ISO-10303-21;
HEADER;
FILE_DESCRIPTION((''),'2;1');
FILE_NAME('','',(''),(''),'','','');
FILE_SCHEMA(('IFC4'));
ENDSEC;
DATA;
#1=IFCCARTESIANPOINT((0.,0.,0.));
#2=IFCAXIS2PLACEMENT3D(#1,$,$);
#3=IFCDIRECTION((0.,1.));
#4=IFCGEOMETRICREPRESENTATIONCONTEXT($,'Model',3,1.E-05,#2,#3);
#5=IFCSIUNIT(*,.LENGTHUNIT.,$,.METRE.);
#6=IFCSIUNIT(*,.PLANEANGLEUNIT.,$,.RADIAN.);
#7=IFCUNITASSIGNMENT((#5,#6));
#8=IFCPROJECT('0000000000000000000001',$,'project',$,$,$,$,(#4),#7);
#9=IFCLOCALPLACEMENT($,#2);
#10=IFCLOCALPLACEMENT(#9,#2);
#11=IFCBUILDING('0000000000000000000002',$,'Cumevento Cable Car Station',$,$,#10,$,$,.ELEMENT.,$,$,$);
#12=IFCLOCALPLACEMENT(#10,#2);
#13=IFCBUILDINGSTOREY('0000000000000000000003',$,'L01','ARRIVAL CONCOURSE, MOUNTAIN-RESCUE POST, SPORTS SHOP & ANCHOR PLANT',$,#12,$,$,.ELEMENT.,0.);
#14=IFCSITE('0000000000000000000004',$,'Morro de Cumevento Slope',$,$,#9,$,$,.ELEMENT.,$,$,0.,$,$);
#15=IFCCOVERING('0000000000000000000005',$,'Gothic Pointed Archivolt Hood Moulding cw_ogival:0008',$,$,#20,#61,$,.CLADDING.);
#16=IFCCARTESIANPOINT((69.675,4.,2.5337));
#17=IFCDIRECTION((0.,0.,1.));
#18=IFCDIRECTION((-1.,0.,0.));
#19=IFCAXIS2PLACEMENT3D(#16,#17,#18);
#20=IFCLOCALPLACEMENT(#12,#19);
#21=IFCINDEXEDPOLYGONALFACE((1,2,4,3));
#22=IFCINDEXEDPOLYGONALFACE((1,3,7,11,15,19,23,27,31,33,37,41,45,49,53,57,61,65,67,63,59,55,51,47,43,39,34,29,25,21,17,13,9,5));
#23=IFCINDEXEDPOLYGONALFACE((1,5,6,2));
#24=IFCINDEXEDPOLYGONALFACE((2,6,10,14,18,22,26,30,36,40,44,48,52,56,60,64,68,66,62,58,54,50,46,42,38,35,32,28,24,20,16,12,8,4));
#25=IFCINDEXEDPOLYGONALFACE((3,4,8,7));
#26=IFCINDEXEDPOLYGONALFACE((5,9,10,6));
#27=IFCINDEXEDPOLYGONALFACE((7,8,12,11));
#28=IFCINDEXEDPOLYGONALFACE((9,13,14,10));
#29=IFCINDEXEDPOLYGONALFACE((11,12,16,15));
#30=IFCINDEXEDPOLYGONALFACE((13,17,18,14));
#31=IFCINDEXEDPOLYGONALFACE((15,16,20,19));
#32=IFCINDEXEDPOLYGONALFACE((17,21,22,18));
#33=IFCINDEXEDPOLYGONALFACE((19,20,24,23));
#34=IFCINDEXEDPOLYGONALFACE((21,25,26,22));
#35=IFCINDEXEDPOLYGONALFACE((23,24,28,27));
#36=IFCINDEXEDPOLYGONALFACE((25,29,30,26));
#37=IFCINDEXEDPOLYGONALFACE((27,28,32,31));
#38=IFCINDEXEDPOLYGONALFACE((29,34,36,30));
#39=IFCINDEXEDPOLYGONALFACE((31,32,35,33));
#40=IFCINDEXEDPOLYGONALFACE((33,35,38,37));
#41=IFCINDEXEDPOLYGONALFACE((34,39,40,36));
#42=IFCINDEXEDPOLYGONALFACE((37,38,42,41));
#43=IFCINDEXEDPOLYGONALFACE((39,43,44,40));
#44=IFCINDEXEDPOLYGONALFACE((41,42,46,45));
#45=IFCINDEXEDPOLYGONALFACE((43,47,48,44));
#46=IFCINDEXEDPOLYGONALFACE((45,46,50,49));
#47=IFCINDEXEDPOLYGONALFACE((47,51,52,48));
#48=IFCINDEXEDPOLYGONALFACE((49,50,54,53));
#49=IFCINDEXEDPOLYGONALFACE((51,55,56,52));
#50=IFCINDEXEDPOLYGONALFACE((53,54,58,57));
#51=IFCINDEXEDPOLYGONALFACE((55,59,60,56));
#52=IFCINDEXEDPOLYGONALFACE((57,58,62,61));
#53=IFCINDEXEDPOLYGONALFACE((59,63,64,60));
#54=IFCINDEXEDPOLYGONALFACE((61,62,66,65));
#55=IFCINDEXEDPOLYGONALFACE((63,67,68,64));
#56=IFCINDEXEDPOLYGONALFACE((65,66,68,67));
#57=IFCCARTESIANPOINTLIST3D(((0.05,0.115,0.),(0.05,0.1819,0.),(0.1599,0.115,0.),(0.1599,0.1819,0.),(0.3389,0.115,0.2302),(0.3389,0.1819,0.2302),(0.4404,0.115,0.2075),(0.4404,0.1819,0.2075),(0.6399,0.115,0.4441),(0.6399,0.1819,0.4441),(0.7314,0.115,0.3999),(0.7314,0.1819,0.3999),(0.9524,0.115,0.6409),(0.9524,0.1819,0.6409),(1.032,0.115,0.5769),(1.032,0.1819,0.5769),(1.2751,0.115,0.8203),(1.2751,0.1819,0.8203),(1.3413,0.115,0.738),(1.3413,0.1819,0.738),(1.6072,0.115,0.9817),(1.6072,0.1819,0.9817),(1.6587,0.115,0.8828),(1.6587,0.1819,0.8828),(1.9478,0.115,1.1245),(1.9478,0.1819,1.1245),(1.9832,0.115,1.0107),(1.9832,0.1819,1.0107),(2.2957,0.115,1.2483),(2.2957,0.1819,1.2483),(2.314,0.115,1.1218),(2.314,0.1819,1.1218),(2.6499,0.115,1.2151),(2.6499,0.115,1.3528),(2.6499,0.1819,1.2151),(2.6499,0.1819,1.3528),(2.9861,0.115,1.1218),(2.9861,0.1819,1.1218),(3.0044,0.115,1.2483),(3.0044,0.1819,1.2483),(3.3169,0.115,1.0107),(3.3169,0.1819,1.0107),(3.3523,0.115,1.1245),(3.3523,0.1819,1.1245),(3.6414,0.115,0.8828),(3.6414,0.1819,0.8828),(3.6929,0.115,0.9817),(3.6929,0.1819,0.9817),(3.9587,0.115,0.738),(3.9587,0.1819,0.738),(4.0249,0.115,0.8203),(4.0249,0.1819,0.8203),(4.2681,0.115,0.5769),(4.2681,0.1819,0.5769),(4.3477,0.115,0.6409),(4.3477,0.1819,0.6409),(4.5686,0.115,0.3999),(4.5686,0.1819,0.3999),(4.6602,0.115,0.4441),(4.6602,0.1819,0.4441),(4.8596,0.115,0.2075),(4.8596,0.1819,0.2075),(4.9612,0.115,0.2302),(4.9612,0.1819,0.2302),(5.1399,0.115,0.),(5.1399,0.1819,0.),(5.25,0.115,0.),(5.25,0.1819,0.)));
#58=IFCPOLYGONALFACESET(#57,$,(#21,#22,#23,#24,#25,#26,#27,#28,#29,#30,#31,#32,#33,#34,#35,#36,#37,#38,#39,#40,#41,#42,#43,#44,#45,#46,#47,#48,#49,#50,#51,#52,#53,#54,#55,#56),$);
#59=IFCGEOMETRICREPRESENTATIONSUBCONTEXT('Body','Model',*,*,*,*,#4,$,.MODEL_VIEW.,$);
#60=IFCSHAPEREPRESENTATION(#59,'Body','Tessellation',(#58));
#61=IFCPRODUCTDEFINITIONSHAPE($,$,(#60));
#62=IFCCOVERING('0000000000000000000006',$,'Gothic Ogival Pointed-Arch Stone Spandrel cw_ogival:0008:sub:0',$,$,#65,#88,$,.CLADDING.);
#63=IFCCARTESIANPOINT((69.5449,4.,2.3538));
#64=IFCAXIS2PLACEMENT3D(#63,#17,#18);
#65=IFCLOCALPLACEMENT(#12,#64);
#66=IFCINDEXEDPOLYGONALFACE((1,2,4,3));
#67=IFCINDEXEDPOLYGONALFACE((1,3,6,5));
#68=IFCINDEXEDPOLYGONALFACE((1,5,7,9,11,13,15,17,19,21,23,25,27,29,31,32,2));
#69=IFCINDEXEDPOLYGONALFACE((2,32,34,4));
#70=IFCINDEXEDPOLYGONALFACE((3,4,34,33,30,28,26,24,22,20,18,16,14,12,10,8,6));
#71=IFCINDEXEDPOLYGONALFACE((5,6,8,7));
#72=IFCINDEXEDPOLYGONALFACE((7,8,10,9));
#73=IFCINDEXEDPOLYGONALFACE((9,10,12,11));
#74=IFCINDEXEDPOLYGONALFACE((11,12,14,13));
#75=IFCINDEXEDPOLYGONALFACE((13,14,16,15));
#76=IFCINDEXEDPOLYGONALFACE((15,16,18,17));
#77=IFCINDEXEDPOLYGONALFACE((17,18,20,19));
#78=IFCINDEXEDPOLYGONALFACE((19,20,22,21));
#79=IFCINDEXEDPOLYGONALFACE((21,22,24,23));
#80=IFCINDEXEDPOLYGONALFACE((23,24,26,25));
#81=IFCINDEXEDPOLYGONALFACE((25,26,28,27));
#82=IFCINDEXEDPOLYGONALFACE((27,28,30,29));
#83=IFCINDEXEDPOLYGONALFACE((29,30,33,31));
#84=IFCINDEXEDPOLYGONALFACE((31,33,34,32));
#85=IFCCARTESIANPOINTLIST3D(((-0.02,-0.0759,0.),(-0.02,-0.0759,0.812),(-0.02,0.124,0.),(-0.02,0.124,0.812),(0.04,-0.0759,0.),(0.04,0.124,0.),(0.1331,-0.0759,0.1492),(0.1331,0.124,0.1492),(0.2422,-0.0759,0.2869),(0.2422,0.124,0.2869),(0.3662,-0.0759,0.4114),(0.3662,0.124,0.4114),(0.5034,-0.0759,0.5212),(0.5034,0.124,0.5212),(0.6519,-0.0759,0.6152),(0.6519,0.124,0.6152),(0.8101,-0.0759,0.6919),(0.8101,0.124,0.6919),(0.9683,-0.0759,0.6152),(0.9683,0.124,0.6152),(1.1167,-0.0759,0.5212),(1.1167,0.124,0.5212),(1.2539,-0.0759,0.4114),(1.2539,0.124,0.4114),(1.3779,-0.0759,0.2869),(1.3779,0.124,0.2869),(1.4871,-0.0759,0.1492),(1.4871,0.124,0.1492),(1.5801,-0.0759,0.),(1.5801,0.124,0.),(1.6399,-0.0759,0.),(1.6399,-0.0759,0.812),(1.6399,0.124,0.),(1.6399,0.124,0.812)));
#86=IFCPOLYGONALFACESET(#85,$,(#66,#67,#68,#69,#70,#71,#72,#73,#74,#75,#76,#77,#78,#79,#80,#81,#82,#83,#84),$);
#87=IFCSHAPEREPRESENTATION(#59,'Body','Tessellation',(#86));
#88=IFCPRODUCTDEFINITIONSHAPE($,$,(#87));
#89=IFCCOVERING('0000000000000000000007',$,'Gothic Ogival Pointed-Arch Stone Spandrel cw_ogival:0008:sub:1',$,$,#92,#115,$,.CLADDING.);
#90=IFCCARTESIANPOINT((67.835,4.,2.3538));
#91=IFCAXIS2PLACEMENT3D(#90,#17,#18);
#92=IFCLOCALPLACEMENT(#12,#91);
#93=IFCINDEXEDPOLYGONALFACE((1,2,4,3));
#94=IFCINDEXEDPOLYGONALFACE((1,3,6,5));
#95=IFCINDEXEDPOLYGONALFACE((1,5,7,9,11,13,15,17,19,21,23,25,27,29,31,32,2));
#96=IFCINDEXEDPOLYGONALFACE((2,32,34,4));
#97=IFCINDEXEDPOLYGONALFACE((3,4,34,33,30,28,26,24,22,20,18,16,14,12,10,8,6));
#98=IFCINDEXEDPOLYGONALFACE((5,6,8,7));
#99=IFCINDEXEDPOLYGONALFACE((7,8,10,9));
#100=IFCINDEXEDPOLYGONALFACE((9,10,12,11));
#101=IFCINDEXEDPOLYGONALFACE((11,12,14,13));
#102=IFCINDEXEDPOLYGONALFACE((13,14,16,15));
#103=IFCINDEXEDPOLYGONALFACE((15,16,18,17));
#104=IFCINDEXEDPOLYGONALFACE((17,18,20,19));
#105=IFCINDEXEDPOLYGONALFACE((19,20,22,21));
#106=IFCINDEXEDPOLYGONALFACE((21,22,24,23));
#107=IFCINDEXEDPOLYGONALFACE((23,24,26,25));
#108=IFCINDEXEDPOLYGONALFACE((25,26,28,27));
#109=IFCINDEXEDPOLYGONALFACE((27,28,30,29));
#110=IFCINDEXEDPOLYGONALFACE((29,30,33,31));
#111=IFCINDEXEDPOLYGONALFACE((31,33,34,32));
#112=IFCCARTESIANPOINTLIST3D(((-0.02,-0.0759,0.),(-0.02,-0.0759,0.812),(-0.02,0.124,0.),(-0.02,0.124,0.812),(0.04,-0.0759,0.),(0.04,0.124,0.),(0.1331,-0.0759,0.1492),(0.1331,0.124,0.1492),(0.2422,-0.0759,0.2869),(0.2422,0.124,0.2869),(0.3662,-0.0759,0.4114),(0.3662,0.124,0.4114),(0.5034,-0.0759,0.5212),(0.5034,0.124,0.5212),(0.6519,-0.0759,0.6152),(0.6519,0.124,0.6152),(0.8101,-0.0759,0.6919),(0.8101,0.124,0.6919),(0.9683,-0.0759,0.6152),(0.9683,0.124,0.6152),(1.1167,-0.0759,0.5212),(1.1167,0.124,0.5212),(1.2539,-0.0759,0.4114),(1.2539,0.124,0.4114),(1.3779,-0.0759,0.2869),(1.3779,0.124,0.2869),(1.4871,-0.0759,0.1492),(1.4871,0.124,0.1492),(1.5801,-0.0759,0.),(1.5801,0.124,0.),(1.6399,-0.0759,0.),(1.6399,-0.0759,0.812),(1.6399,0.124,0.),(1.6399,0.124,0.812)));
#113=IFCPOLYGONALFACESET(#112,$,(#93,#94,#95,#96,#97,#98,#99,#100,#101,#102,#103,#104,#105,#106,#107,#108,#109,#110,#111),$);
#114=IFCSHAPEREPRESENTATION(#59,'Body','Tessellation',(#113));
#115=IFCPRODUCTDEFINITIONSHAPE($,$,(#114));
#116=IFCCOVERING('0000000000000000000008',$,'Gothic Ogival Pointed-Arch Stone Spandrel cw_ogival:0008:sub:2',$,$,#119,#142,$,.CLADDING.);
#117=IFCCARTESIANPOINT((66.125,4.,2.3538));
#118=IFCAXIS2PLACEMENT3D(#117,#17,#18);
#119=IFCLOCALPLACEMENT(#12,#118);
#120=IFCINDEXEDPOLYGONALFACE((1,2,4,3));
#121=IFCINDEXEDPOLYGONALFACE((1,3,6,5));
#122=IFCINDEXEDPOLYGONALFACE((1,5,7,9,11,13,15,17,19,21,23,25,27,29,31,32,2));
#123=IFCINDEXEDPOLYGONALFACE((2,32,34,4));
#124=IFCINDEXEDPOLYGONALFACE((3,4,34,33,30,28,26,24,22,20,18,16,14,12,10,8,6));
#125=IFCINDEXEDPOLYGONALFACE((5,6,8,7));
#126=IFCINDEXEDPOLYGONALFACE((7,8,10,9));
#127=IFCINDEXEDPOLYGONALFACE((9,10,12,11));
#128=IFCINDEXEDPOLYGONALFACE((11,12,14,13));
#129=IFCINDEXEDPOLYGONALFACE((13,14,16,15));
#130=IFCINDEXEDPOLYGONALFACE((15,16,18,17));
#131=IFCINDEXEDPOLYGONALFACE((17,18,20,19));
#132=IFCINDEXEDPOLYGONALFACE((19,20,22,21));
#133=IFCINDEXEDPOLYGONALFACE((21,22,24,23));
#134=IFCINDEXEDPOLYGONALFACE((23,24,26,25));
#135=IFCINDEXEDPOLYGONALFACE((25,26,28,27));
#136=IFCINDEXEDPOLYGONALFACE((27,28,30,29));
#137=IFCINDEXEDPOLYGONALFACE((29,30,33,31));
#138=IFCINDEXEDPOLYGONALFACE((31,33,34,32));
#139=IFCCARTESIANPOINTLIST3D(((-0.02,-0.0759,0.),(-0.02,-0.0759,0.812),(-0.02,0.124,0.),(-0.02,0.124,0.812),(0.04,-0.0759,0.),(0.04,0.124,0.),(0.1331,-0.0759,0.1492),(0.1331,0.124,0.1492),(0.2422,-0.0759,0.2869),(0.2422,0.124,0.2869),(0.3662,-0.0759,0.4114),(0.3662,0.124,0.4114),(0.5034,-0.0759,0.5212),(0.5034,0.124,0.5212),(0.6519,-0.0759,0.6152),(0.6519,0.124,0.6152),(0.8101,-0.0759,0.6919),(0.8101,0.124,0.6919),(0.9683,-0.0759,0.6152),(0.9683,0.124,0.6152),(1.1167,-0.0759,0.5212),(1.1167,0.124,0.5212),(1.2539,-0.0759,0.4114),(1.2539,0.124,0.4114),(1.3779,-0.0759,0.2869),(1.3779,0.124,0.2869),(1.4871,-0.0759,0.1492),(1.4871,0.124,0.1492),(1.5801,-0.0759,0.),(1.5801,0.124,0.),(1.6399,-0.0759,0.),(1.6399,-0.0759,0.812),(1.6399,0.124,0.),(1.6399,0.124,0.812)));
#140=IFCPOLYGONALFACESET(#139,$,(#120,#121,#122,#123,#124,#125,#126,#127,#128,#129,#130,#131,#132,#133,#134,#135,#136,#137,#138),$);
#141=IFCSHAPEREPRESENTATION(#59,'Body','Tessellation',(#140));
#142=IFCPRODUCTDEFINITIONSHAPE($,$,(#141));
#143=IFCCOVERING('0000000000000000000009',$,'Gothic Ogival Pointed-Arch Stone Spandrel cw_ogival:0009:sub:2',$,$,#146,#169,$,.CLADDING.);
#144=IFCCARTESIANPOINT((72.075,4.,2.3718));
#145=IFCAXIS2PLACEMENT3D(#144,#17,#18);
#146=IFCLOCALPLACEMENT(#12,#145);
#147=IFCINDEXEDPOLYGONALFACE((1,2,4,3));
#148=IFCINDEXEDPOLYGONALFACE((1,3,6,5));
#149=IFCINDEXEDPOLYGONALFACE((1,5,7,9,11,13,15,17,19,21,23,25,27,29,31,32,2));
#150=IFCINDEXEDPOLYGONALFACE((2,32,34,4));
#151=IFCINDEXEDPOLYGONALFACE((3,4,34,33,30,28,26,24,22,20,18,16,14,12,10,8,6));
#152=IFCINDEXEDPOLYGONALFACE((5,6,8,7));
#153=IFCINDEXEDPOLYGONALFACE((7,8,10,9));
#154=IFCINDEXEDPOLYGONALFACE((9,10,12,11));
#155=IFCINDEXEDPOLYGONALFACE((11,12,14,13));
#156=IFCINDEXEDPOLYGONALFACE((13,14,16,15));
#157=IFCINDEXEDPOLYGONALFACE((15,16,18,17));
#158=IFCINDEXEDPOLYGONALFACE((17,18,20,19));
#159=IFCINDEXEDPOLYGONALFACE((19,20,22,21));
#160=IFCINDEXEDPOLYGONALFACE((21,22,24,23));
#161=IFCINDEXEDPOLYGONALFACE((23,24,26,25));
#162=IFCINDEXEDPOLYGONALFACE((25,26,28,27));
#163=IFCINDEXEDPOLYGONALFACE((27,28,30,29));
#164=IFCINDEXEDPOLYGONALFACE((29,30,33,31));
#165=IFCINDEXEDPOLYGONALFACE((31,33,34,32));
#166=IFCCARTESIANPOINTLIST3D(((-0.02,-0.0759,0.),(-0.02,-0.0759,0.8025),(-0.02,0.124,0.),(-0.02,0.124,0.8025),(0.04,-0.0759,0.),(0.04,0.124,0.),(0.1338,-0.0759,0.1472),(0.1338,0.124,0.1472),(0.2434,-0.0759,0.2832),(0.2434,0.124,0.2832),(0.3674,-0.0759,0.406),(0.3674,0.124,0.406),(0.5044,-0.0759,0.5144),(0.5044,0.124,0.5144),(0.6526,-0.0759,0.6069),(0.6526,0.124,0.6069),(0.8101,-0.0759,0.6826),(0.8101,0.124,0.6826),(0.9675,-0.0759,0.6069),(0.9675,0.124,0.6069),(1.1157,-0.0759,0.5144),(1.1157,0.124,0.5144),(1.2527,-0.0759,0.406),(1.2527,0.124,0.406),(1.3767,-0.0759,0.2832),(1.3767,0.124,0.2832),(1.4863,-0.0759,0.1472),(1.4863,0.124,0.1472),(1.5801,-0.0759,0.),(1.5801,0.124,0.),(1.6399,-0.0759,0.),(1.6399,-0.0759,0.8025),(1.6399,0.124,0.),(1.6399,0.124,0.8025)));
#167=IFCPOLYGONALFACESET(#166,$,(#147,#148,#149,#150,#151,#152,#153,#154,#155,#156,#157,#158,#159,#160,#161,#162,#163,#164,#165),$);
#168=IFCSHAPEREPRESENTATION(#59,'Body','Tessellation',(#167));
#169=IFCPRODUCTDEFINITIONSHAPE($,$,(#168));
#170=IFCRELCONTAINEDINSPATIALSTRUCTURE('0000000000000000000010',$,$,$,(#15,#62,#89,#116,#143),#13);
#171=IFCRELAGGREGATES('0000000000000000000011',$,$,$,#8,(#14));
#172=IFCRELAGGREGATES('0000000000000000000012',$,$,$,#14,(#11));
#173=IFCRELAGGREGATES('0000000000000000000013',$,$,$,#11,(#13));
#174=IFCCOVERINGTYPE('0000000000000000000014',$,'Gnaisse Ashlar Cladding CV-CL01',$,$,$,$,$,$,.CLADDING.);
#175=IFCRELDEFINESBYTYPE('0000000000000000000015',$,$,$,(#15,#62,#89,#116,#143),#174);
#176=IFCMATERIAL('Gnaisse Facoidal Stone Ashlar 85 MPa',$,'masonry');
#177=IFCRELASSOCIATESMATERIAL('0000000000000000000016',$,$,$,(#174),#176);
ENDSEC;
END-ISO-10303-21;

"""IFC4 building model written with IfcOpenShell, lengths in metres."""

from ifc_helpers import new_model, si_unit, direction, frame, origin, place, context, subcontext, project, spatial, polyline, outline, extrude, material, type_object, element, save


model = new_model("IFC4")

# Units and contexts
model_context = context("Model", 3, precision=1e-05, world=origin(), true_north=direction((0.0, 1.0)))
body_context = subcontext(model_context, "Body", "Model", "MODEL_VIEW")
ifc_project = project(units=[si_unit("LENGTHUNIT", "METRE"), si_unit("PLANEANGLEUNIT", "RADIAN")], contexts=[model_context])

# Site, building, storey
site_placement = place(None, origin())
site = spatial("IfcSite", under=ifc_project, at=site_placement, Name="Morro de Cumevento Slope", CompositionType="ELEMENT", RefElevation=0.0)
building_placement = place(site_placement, origin())
building = spatial("IfcBuilding", under=site, at=building_placement, Name="Cumevento Cable Car Station", CompositionType="ELEMENT")
storey_placement = place(building_placement, origin())
storey = spatial("IfcBuildingStorey", under=building, at=storey_placement, Name="L01", Description="ARRIVAL CONCOURSE, MOUNTAIN-RESCUE POST, SPORTS SHOP & ANCHOR PLANT", CompositionType="ELEMENT", Elevation=0.0)

# Coverings
ifc_material_1 = material(Name="Gnaisse Facoidal Stone Ashlar 85 MPa", Category="masonry")
covering_type = type_object("IfcCoveringType", Name="Gnaisse Ashlar Cladding CV-CL01", PredefinedType="CLADDING", material=ifc_material_1)
covering_1_placement = place(storey_placement, frame((69.675, 4.0, 2.5337), z_axis=(0.0, 0.0, 1.0), x_axis=(-1.0, 0.0, 0.0)))
element("IfcCovering", 1, at=covering_1_placement, inside=storey, type_object=covering_type, Name="Gothic Pointed Archivolt Hood Moulding cw_ogival:0008", PredefinedType="CLADDING", context=body_context, shape_type="SweptSolid", body=[
    extrude(outline(polyline([(0.1599, 0.0), (0.4404, 0.2075), (0.7314, 0.3999), (1.032, 0.5769), (1.3413, 0.738), (1.6587, 0.8828), (1.9832, 1.0107), (2.314, 1.1218), (2.6499, 1.2151), (2.9861, 1.1218), (3.3169, 1.0107), (3.6414, 0.8828), (3.9587, 0.738), (4.2681, 0.5769), (4.5686, 0.3999), (4.8596, 0.2075), (5.1399, 0.0), (5.25, 0.0), (4.9612, 0.2302), (4.6602, 0.4441), (4.3477, 0.6409), (4.0249, 0.8203), (3.6929, 0.9817), (3.3523, 1.1245), (3.0044, 1.2483), (2.6499, 1.3528), (2.2957, 1.2483), (1.9478, 1.1245), (1.6072, 0.9817), (1.2751, 0.8203), (0.9524, 0.6409), (0.6399, 0.4441), (0.3389, 0.2302), (0.05, 0.0), (0.1599, 0.0)])), frame((0.0, 0.1819, 0.0), z_axis=(0.0, -1.0, 0.0), x_axis=(1.0, 0.0, 0.0)), (0.0, 0.0, 1.0), 0.0669),
])
for number, where, z_axis, x_axis, name in (
    (2, (69.5449, 4.0, 2.3538), (0.0, 0.0, 1.0), (-1.0, 0.0, 0.0), "Gothic Ogival Pointed-Arch Stone Spandrel cw_ogival:0008:sub:0"),
    (3, (67.835, 4.0, 2.3538), (0.0, 0.0, 1.0), (-1.0, 0.0, 0.0), "Gothic Ogival Pointed-Arch Stone Spandrel cw_ogival:0008:sub:1"),
    (4, (66.125, 4.0, 2.3538), (0.0, 0.0, 1.0), (-1.0, 0.0, 0.0), "Gothic Ogival Pointed-Arch Stone Spandrel cw_ogival:0008:sub:2"),
):
    element("IfcCovering", number, at=place(storey_placement, frame(where, z_axis=z_axis, x_axis=x_axis)), inside=storey, type_object=covering_type, Name=name, PredefinedType="CLADDING", context=body_context, shape_type="SweptSolid", body=[
        extrude(outline(polyline([(-0.02, 0.0), (-0.02, 0.812), (1.6399, 0.812), (1.6399, 0.0), (1.5801, 0.0), (1.4871, 0.1492), (1.3779, 0.2869), (1.2539, 0.4114), (1.1167, 0.5212), (0.9683, 0.6152), (0.8101, 0.6919), (0.6519, 0.6152), (0.5034, 0.5212), (0.3662, 0.4114), (0.2422, 0.2869), (0.1331, 0.1492), (0.04, 0.0), (-0.02, 0.0)])), frame((0.0, 0.124, 0.0), z_axis=(0.0, -1.0, 0.0), x_axis=(1.0, 0.0, 0.0)), (0.0, 0.0, 1.0), 0.2),
    ])
covering_2_placement = place(storey_placement, frame((72.075, 4.0, 2.3718), z_axis=(0.0, 0.0, 1.0), x_axis=(-1.0, 0.0, 0.0)))
element("IfcCovering", 5, at=covering_2_placement, inside=storey, type_object=covering_type, Name="Gothic Ogival Pointed-Arch Stone Spandrel cw_ogival:0009:sub:2", PredefinedType="CLADDING", context=body_context, shape_type="SweptSolid", body=[
    extrude(outline(polyline([(-0.02, 0.0), (-0.02, 0.8025), (1.6399, 0.8025), (1.6399, 0.0), (1.5801, 0.0), (1.4863, 0.1472), (1.3767, 0.2832), (1.2527, 0.406), (1.1157, 0.5144), (0.9675, 0.6069), (0.8101, 0.6826), (0.6526, 0.6069), (0.5044, 0.5144), (0.3674, 0.406), (0.2434, 0.2832), (0.1338, 0.1472), (0.04, 0.0), (-0.02, 0.0)])), frame((0.0, 0.124, 0.0), z_axis=(0.0, -1.0, 0.0), x_axis=(1.0, 0.0, 0.0)), (0.0, 0.0, 1.0), 0.2),
])

save(model, "model.ifc")
